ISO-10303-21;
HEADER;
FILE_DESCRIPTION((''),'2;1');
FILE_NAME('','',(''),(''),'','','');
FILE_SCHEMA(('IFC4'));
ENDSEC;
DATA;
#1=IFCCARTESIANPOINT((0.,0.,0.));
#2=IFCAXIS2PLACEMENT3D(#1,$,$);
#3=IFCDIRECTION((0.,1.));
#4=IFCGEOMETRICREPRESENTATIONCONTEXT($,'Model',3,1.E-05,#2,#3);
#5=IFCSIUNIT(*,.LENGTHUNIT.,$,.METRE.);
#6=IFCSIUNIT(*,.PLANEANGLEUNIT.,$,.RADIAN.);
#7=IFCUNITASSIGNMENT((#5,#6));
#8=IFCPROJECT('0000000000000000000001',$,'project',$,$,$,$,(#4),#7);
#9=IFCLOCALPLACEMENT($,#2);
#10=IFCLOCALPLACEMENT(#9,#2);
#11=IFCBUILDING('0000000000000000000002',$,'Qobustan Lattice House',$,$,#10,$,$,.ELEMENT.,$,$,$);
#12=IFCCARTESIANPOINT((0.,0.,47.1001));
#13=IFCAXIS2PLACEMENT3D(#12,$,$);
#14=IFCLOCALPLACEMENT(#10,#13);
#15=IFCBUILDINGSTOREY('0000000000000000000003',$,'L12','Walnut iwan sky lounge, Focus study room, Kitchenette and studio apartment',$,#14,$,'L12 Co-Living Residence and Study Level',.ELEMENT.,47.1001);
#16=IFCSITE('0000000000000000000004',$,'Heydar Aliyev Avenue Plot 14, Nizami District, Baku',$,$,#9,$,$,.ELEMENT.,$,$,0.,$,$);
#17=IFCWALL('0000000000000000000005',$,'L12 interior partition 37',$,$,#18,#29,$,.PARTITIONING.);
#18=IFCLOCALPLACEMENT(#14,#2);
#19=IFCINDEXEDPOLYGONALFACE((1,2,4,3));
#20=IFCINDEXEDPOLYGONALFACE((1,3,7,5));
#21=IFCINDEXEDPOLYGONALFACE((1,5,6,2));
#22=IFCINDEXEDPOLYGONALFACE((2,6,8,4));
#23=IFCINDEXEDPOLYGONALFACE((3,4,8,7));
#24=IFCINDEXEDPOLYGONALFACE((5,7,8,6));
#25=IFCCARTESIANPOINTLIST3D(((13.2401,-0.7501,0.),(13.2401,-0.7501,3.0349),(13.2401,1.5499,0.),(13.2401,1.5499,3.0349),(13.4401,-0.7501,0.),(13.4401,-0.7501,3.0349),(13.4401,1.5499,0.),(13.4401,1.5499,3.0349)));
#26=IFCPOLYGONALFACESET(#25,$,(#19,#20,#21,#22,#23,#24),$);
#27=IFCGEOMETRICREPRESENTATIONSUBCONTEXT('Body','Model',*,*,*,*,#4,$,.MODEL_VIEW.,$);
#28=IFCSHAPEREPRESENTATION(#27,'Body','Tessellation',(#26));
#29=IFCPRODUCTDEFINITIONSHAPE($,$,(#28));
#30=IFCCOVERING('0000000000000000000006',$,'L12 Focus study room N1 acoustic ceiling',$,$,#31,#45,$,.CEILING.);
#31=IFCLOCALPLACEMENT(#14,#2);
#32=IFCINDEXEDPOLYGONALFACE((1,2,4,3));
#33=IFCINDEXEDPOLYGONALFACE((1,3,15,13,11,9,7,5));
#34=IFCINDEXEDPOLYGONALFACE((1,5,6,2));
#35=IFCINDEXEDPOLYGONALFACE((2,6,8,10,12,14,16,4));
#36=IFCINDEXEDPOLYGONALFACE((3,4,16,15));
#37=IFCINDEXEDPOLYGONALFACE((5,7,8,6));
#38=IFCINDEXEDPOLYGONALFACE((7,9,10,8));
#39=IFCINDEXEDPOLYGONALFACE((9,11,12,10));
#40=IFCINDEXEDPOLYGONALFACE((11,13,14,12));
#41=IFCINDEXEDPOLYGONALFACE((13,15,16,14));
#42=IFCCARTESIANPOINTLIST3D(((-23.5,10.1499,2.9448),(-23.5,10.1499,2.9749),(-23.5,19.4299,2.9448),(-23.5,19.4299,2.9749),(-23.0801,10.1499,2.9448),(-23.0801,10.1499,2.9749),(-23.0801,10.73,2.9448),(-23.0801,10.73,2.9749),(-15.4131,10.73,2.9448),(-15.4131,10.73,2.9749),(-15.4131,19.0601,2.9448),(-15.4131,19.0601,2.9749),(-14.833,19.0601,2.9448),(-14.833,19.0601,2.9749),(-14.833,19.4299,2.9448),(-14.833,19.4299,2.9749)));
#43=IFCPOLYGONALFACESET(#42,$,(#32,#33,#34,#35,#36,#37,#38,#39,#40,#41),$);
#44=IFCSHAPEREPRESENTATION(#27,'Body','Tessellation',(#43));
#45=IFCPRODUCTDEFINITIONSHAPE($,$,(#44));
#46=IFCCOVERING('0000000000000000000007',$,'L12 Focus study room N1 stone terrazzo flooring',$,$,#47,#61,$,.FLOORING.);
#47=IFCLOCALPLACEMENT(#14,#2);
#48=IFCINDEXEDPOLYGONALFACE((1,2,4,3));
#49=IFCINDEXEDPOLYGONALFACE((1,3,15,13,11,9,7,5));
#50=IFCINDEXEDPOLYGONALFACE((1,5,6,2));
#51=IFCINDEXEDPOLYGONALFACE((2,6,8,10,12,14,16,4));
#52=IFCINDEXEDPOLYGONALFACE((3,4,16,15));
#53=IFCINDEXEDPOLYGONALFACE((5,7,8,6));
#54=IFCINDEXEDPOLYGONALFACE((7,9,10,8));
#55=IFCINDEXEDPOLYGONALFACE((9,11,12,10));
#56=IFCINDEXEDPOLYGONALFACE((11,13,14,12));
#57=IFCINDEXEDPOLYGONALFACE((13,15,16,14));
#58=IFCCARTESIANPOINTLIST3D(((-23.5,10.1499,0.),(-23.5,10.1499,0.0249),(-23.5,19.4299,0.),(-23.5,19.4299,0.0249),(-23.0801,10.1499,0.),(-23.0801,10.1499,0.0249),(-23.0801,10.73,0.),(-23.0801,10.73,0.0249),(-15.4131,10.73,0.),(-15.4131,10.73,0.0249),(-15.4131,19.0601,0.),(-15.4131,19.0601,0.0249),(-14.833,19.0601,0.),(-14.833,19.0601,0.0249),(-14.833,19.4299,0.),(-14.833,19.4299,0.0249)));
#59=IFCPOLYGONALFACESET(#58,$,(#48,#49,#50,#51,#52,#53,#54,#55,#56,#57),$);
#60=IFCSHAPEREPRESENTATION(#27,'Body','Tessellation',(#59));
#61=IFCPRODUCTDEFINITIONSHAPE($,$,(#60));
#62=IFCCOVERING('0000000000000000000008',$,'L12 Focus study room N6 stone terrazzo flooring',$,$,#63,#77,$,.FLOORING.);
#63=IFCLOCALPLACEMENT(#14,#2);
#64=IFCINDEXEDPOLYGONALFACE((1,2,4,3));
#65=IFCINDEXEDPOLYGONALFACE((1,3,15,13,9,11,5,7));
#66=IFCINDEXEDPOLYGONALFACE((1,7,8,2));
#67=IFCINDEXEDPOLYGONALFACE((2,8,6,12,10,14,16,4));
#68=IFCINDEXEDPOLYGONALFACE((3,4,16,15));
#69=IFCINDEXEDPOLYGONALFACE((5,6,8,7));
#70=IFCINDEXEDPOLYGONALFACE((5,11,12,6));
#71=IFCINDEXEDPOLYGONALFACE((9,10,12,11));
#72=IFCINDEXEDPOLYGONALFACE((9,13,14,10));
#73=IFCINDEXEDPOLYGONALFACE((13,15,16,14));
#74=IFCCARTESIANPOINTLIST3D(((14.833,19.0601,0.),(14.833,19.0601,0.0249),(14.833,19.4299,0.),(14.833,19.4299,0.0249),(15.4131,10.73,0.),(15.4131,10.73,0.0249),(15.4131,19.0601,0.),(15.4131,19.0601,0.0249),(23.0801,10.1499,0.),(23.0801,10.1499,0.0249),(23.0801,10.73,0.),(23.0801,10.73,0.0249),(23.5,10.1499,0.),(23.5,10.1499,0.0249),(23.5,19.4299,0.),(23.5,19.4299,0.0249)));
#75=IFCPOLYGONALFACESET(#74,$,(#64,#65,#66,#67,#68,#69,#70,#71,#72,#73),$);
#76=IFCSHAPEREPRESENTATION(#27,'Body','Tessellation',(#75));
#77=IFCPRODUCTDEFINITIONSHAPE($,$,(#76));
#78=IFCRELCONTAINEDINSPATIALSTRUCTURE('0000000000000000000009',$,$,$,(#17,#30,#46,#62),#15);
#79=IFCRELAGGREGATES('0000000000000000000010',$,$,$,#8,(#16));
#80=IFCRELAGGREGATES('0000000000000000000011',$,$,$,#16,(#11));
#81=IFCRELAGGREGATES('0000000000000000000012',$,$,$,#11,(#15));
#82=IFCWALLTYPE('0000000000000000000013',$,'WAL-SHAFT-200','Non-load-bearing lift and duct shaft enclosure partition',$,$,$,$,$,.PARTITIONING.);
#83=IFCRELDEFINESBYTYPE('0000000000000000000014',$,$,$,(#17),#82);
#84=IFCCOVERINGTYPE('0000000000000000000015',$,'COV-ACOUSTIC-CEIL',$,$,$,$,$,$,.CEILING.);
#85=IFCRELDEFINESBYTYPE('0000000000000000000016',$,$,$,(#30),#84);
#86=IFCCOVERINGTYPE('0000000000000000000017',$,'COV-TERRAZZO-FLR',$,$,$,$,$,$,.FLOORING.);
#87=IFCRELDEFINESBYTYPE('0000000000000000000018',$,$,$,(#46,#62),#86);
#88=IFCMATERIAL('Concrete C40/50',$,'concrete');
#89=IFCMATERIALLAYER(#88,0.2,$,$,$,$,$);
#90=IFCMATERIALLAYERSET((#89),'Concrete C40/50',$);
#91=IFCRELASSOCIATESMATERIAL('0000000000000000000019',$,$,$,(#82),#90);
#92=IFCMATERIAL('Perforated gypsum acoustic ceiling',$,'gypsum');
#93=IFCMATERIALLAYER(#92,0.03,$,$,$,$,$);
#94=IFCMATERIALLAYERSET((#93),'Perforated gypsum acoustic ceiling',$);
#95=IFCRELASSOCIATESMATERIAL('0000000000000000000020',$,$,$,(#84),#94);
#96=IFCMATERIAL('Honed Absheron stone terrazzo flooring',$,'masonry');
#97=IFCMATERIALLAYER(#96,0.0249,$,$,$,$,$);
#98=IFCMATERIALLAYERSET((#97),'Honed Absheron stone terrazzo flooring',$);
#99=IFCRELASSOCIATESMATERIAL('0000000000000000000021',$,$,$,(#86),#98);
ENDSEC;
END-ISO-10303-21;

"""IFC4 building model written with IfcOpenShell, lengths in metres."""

from ifc_helpers import new_model, si_unit, direction, frame, frame_2d, origin, place, context, subcontext, project, spatial, polyline, rectangle, outline, extrude, material, layer, layer_set, type_object, element, save


model = new_model("IFC4")

# Units and contexts
model_context = context("Model", 3, precision=1e-05, world=origin(), true_north=direction((0.0, 1.0)))
body_context = subcontext(model_context, "Body", "Model", "MODEL_VIEW")
ifc_project = project(units=[si_unit("LENGTHUNIT", "METRE"), si_unit("PLANEANGLEUNIT", "RADIAN")], contexts=[model_context])

# Site, building, storey
site_placement = place(None, origin())
site = spatial("IfcSite", under=ifc_project, at=site_placement, Name="Heydar Aliyev Avenue Plot 14, Nizami District, Baku", CompositionType="ELEMENT", RefElevation=0.0)
building_placement = place(site_placement, origin())
building = spatial("IfcBuilding", under=site, at=building_placement, Name="Qobustan Lattice House", CompositionType="ELEMENT")
storey_placement = place(building_placement, frame((0.0, 0.0, 47.1001)))
storey = spatial("IfcBuildingStorey", under=building, at=storey_placement, Name="L12", Description="Walnut iwan sky lounge, Focus study room, Kitchenette and studio apartment", LongName="L12 Co-Living Residence and Study Level", CompositionType="ELEMENT", Elevation=47.1001)

# Wall
ifc_material_1 = material(Name="Concrete C40/50", Category="concrete")
ifc_layer_1 = layer(ifc_material_1, 0.2)
ifc_layer_set_1 = layer_set([ifc_layer_1], Name="Concrete C40/50")
wall_type_1 = type_object("IfcWallType", Name="WAL-SHAFT-200", Description="Non-load-bearing lift and duct shaft enclosure partition", PredefinedType="PARTITIONING", material=ifc_layer_set_1)
for number, where, z_axis, x_axis, name in (
    (1, (13.3401, -0.75, 0.0), (0.0, 0.0, 1.0), (0.0, 1.0, 0.0), "L12 interior partition 37"),
):
    element("IfcWall", number, at=place(storey_placement, frame(where, z_axis=z_axis, x_axis=x_axis)), inside=storey, type_object=wall_type_1, Name=name, PredefinedType="PARTITIONING", context=body_context, shape_type="SweptSolid", body=[
        extrude(rectangle(XDim=2.3, YDim=0.2, at=frame_2d((1.1499, 0.0))), origin(), (0.0, 0.0, 1.0), 3.0349),
    ])

# Coverings
ifc_material_2 = material(Name="Perforated gypsum acoustic ceiling", Category="gypsum")
ifc_layer_2 = layer(ifc_material_2, 0.03)
ifc_layer_set_2 = layer_set([ifc_layer_2], Name="Perforated gypsum acoustic ceiling")
covering_type_1 = type_object("IfcCoveringType", Name="COV-ACOUSTIC-CEIL", PredefinedType="CEILING", material=ifc_layer_set_2)
covering_1_placement = place(storey_placement, frame((0.0, 0.0, 2.9448)))
element("IfcCovering", 2, at=covering_1_placement, inside=storey, type_object=covering_type_1, Name="L12 Focus study room N1 acoustic ceiling", PredefinedType="CEILING", context=body_context, shape_type="SweptSolid", body=[
    extrude(outline(polyline([(-14.833, 19.4299), (-23.5, 19.4299), (-23.5, 10.1499), (-23.0801, 10.1499), (-23.0801, 10.73), (-15.4131, 10.73), (-15.4131, 19.0601), (-14.833, 19.0601), (-14.833, 19.4299)])), origin(), (0.0, 0.0, 1.0), 0.03),
])
ifc_material_3 = material(Name="Honed Absheron stone terrazzo flooring", Category="masonry")
ifc_layer_3 = layer(ifc_material_3, 0.0249)
ifc_layer_set_3 = layer_set([ifc_layer_3], Name="Honed Absheron stone terrazzo flooring")
covering_type_2 = type_object("IfcCoveringType", Name="COV-TERRAZZO-FLR", PredefinedType="FLOORING", material=ifc_layer_set_3)
covering_2_placement = place(storey_placement, origin())
element("IfcCovering", 3, at=covering_2_placement, inside=storey, type_object=covering_type_2, Name="L12 Focus study room N1 stone terrazzo flooring", PredefinedType="FLOORING", context=body_context, shape_type="SweptSolid", body=[
    extrude(outline(polyline([(-14.833, 19.4299), (-23.5, 19.4299), (-23.5, 10.1499), (-23.0801, 10.1499), (-23.0801, 10.73), (-15.4131, 10.73), (-15.4131, 19.0601), (-14.833, 19.0601), (-14.833, 19.4299)])), origin(), (0.0, 0.0, 1.0), 0.0249),
])
covering_3_placement = place(storey_placement, origin())
element("IfcCovering", 4, at=covering_3_placement, inside=storey, type_object=covering_type_2, Name="L12 Focus study room N6 stone terrazzo flooring", PredefinedType="FLOORING", context=body_context, shape_type="SweptSolid", body=[
    extrude(outline(polyline([(14.833, 19.4299), (14.833, 19.0601), (15.4131, 19.0601), (15.4131, 10.73), (23.0801, 10.73), (23.0801, 10.1499), (23.5, 10.1499), (23.5, 19.4299), (14.833, 19.4299)])), origin(), (0.0, 0.0, 1.0), 0.0249),
])

save(model, "model.ifc")
